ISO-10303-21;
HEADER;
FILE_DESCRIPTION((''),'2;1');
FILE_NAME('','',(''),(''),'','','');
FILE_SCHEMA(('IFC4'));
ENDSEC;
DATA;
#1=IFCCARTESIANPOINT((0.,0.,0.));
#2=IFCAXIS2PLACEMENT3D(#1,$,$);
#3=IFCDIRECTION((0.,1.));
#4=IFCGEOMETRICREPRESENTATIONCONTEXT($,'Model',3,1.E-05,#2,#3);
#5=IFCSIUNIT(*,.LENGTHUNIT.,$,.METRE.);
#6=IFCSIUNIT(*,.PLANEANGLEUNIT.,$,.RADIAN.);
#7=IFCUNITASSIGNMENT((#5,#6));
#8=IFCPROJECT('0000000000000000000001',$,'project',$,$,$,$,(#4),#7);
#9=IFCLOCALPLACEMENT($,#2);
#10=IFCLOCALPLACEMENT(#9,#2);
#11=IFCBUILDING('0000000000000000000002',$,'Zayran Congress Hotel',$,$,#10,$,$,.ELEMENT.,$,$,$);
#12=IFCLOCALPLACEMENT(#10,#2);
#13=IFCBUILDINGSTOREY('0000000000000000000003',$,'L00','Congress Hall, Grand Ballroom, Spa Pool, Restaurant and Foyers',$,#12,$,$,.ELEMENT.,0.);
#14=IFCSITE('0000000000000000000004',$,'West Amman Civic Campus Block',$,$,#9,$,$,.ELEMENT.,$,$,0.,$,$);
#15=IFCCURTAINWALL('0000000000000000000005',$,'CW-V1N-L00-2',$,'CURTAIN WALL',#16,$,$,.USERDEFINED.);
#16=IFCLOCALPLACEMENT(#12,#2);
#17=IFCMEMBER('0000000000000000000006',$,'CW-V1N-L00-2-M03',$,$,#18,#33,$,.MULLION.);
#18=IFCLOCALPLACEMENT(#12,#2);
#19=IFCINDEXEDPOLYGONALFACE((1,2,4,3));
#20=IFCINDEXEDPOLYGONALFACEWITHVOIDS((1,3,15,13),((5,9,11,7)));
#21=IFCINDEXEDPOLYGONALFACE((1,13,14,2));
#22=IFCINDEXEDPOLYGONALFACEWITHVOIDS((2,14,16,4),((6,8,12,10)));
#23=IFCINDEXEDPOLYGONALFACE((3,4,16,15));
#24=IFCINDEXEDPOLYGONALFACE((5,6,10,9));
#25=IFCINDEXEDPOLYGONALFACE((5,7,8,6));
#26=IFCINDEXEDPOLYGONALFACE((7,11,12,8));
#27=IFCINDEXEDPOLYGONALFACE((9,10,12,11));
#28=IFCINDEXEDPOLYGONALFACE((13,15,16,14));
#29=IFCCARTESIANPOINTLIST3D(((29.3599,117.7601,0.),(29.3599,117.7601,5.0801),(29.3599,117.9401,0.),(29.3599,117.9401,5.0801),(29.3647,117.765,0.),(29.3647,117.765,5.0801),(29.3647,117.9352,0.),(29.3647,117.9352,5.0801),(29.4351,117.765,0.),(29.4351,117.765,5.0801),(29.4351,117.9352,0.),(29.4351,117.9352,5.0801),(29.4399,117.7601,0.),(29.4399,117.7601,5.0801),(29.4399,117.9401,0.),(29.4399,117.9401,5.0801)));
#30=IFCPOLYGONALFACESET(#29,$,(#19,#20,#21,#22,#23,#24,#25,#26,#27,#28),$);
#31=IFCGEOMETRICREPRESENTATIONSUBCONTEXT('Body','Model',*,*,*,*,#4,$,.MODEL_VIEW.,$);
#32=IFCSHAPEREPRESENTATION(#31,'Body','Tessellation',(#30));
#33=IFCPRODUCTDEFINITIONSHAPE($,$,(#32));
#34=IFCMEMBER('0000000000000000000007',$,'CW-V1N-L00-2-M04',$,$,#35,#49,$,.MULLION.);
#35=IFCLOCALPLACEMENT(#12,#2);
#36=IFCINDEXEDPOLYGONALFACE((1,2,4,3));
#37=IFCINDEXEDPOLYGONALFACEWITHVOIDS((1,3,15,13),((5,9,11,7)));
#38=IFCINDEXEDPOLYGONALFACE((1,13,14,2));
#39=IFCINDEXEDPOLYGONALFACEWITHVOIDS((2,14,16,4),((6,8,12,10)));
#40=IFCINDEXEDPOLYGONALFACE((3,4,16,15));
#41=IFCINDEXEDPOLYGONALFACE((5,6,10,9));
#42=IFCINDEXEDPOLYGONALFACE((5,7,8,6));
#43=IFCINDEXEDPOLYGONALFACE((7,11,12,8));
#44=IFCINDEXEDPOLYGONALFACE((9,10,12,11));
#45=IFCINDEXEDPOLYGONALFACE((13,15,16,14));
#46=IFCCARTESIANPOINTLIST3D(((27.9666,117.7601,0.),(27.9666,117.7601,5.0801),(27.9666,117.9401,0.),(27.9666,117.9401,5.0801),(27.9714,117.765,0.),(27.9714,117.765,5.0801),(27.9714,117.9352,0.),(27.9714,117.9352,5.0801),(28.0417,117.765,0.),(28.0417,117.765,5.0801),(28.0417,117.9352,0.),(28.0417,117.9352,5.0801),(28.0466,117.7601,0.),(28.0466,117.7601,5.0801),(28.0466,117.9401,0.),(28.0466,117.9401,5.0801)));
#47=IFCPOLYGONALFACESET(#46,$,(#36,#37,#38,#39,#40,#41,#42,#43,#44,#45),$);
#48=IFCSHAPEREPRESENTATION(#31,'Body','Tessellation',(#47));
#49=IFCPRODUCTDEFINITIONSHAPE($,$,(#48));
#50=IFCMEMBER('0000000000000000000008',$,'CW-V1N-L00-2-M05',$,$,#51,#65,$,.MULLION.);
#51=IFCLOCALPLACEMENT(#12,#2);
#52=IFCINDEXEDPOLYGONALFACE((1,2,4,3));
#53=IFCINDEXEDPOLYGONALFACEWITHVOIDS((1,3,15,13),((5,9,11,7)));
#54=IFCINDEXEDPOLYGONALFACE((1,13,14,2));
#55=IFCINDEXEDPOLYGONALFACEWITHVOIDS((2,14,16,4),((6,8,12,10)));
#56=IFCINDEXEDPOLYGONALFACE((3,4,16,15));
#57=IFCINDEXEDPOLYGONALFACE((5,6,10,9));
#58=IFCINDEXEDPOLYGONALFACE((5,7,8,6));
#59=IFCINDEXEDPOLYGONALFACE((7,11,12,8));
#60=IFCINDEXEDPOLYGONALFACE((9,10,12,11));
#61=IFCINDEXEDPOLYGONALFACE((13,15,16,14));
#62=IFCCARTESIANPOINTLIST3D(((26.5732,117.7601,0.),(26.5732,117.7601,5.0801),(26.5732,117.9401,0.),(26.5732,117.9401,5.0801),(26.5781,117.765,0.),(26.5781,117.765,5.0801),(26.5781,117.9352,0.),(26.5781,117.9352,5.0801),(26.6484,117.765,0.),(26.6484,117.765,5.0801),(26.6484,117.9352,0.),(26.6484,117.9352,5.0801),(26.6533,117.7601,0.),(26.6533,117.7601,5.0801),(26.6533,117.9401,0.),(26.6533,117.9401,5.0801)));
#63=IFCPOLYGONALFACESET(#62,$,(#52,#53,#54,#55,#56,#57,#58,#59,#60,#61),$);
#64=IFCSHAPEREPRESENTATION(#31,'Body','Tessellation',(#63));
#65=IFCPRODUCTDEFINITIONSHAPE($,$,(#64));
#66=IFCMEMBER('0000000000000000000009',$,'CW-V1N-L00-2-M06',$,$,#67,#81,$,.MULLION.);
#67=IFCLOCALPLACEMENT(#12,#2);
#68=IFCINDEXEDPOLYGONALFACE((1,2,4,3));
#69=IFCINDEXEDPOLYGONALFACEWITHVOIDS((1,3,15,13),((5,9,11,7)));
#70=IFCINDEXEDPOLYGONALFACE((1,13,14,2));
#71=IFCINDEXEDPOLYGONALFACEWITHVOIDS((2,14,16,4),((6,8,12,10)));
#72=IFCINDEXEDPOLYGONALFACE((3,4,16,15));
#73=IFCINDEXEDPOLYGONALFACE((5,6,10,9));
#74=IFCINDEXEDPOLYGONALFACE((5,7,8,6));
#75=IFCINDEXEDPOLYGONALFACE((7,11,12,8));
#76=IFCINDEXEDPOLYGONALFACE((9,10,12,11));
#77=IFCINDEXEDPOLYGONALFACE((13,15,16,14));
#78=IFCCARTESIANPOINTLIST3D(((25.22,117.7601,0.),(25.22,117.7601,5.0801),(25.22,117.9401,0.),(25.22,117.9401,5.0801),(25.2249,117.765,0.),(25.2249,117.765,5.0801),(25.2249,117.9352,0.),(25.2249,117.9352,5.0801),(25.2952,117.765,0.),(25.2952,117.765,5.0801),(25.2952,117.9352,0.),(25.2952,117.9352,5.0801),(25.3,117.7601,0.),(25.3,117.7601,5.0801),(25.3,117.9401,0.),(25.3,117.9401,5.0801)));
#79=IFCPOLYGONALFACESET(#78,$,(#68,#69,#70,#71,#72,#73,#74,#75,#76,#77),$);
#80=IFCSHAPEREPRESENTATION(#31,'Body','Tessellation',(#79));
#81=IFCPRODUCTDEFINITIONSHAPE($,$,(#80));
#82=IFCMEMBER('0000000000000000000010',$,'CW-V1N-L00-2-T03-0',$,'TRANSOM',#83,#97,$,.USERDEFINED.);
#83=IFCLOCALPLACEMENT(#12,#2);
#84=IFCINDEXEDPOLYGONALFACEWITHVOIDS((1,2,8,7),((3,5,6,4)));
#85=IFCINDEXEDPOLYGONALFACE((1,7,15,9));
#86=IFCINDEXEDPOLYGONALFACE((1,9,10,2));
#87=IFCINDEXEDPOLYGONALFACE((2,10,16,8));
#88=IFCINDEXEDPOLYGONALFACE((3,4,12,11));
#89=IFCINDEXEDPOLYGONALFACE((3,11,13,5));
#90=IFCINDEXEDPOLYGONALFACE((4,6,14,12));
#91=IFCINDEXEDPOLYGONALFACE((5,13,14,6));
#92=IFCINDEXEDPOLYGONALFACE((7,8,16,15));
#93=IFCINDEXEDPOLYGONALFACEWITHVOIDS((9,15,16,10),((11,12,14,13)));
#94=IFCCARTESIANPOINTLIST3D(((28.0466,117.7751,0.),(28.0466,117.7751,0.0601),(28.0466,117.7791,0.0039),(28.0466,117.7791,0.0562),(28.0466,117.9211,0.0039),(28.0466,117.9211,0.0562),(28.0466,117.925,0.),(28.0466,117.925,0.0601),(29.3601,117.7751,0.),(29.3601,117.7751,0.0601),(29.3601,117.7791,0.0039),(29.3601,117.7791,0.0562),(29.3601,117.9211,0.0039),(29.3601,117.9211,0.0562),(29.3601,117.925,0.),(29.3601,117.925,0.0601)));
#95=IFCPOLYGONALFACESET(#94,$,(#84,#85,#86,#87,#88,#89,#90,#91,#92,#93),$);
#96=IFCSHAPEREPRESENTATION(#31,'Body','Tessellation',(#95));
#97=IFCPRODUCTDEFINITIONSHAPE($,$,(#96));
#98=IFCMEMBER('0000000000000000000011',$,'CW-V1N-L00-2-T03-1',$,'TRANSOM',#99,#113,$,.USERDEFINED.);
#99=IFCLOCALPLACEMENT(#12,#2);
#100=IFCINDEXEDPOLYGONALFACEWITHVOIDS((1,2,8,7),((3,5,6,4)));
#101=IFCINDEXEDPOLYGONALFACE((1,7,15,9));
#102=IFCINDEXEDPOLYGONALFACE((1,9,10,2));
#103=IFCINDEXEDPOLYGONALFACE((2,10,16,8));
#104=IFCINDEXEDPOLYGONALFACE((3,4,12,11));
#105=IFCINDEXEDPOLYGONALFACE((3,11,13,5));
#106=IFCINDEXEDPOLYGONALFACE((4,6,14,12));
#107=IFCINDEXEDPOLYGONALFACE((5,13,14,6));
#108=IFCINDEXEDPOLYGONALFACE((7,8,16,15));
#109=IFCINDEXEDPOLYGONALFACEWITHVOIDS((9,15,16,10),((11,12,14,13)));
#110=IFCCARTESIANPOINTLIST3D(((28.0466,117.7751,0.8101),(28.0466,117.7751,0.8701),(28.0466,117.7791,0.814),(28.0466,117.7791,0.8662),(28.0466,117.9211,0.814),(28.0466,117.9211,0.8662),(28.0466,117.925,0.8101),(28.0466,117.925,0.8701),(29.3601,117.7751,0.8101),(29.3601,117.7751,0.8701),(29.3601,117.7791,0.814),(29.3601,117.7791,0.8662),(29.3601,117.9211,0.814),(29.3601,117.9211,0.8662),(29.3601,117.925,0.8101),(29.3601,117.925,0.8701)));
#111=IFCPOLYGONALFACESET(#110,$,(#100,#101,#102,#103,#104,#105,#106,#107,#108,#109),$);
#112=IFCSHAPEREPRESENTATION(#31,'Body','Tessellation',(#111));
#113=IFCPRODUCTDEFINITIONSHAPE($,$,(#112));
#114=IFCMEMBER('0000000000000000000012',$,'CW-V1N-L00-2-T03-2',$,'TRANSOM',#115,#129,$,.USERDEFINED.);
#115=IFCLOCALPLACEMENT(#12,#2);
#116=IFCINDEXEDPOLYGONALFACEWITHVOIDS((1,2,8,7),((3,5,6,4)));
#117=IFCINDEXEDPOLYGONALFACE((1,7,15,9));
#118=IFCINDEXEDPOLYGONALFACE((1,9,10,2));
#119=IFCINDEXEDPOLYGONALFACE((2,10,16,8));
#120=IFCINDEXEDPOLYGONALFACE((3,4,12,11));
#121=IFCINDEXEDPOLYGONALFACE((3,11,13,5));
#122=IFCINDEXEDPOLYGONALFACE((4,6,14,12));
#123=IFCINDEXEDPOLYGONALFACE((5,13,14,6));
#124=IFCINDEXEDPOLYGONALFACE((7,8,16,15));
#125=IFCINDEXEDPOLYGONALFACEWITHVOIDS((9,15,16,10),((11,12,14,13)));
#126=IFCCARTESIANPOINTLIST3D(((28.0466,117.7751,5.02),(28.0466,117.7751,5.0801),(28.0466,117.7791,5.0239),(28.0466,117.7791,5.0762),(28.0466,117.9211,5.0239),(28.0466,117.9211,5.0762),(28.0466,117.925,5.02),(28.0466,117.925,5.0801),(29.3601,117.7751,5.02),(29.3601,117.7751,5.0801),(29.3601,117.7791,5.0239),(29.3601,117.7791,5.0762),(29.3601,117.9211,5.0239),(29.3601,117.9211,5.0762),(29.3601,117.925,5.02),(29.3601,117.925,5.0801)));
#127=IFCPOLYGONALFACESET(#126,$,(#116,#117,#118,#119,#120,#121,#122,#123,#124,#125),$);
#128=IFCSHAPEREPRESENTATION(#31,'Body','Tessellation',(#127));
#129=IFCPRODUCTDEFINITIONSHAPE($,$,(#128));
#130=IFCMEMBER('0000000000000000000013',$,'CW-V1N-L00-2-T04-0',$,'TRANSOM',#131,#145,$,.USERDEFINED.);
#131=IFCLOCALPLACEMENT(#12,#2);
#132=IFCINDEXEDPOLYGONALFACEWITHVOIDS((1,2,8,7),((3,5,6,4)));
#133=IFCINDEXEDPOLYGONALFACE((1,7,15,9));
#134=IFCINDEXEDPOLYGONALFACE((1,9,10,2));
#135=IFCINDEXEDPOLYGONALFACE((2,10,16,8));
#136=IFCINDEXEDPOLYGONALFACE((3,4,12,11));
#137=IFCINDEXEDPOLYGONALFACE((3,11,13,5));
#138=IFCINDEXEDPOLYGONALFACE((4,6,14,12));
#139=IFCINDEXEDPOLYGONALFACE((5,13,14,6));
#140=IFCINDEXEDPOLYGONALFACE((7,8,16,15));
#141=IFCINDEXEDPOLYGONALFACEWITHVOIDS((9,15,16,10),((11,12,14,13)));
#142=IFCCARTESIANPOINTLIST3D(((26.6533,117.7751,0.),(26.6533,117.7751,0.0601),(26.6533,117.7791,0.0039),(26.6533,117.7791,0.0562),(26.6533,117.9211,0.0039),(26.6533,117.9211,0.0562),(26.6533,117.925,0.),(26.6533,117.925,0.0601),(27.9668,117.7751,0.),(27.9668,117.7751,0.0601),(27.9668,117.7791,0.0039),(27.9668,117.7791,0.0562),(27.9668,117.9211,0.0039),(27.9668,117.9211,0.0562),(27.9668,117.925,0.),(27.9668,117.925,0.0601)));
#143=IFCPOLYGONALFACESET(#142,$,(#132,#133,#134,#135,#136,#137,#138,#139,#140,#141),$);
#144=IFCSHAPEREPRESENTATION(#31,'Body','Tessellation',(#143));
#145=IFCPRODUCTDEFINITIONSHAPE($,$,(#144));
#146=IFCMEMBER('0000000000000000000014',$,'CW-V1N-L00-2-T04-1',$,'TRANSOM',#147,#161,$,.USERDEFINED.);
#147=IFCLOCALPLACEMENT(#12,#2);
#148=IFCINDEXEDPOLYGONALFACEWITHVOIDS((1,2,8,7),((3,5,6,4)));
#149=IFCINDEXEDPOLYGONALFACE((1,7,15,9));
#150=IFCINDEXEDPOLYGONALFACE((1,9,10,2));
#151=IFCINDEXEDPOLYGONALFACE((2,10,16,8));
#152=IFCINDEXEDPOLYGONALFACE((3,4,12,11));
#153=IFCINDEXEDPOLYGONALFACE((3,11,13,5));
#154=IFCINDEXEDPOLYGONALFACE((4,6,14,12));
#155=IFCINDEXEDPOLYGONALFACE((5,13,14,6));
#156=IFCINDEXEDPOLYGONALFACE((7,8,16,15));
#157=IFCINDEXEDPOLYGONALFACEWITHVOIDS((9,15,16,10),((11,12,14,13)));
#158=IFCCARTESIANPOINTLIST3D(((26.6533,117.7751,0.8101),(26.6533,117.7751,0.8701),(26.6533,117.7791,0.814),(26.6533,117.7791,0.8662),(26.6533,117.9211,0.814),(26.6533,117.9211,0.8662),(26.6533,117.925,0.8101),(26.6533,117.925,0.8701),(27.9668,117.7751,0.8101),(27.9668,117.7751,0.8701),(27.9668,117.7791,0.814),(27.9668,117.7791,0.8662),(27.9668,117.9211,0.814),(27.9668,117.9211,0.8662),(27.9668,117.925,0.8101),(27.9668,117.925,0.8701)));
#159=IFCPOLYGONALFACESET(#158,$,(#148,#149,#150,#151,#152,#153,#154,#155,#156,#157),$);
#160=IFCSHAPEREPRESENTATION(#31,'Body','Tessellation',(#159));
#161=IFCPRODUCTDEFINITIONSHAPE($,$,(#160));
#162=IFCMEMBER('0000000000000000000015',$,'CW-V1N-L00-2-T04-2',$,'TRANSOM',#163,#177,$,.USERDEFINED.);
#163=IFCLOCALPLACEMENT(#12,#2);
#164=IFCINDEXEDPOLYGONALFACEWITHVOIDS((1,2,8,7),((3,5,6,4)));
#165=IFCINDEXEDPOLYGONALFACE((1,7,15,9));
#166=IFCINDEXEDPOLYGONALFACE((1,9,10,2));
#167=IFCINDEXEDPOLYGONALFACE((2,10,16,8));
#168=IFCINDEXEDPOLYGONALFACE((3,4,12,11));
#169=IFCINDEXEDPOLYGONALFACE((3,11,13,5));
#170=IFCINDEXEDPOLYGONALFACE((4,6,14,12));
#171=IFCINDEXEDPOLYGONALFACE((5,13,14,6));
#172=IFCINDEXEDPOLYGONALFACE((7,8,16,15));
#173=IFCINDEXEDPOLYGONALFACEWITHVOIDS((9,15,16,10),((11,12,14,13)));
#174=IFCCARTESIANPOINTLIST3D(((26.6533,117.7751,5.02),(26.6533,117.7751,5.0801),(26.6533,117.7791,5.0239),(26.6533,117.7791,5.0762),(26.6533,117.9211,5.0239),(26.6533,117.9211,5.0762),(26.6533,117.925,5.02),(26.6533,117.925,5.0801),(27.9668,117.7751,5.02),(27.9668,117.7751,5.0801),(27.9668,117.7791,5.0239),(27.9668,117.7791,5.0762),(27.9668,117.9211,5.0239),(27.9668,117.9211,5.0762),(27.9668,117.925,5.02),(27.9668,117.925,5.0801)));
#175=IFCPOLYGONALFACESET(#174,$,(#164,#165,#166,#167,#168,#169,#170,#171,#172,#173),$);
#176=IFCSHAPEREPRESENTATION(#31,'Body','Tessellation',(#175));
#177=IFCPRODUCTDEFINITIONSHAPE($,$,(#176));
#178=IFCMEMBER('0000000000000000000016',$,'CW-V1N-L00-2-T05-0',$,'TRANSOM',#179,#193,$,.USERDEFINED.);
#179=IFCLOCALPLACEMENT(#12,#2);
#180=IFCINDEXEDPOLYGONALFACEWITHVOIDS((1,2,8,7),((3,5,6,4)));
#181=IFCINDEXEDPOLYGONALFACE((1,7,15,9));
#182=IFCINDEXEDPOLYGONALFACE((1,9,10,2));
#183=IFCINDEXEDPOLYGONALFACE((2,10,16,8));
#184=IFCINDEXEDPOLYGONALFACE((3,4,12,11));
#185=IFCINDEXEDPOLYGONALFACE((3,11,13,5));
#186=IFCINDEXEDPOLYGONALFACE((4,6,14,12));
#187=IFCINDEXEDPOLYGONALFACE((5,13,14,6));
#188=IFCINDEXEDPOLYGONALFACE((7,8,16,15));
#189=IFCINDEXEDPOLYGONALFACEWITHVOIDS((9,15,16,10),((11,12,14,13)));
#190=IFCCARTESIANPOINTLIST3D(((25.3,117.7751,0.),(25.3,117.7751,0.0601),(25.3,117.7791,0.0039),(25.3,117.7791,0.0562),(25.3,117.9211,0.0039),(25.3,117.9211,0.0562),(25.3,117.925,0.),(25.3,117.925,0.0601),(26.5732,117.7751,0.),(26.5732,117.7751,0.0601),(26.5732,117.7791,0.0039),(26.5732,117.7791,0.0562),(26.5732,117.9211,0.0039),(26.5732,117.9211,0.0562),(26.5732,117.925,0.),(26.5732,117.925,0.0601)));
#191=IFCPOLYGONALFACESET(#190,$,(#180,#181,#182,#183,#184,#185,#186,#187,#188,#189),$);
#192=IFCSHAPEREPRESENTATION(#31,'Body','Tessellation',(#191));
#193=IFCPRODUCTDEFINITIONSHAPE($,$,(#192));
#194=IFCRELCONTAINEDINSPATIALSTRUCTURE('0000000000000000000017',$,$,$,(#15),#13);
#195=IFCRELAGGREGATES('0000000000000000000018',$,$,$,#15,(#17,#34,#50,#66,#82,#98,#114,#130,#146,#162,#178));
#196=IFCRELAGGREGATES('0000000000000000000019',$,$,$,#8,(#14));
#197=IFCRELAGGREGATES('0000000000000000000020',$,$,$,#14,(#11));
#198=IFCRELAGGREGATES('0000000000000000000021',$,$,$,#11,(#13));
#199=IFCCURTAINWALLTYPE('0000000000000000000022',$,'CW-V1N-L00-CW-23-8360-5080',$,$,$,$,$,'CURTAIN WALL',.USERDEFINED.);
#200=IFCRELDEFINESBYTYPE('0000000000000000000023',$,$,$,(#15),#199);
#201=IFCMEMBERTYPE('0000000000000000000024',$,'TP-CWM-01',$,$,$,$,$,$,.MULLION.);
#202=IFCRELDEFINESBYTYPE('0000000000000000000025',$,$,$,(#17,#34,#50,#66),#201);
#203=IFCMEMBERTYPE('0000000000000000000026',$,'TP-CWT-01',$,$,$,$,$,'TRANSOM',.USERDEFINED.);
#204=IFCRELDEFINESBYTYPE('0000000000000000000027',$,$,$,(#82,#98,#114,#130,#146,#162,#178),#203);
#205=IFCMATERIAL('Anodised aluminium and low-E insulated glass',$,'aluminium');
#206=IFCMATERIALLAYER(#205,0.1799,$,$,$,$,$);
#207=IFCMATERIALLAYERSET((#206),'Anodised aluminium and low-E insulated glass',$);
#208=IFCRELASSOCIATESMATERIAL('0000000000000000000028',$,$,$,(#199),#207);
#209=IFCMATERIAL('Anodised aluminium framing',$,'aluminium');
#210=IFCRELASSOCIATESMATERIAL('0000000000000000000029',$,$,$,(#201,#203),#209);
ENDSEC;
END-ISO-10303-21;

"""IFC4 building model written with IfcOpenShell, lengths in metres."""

from ifc_helpers import new_model, si_unit, direction, frame, origin, origin_2d, place, context, subcontext, project, spatial, hollow_rectangle, extrude, material, layer, layer_set, material_profile, profile_set, type_object, element, aggregate, save


model = new_model("IFC4")

# Units and contexts
model_context = context("Model", 3, precision=1e-05, world=origin(), true_north=direction((0.0, 1.0)))
body_context = subcontext(model_context, "Body", "Model", "MODEL_VIEW")
ifc_project = project(units=[si_unit("LENGTHUNIT", "METRE"), si_unit("PLANEANGLEUNIT", "RADIAN")], contexts=[model_context])

# Site, building, storey
site_placement = place(None, origin())
site = spatial("IfcSite", under=ifc_project, at=site_placement, Name="West Amman Civic Campus Block", CompositionType="ELEMENT", RefElevation=0.0)
building_placement = place(site_placement, origin())
building = spatial("IfcBuilding", under=site, at=building_placement, Name="Zayran Congress Hotel", CompositionType="ELEMENT")
storey_placement = place(building_placement, origin())
storey = spatial("IfcBuildingStorey", under=building, at=storey_placement, Name="L00", Description="Congress Hall, Grand Ballroom, Spa Pool, Restaurant and Foyers", CompositionType="ELEMENT", Elevation=0.0)

# Curtain wall, members
ifc_material_1 = material(Name="Anodised aluminium and low-E insulated glass", Category="aluminium")
ifc_layer_1 = layer(ifc_material_1, 0.1799)
ifc_layer_set_1 = layer_set([ifc_layer_1], Name="Anodised aluminium and low-E insulated glass")
curtain_wall_type = type_object("IfcCurtainWallType", Name="CW-V1N-L00-CW-23-8360-5080", ElementType="CURTAIN WALL", PredefinedType="USERDEFINED", material=ifc_layer_set_1)
curtain_wall_placement = place(storey_placement, origin())
curtain_wall = element("IfcCurtainWall", 1, at=curtain_wall_placement, inside=storey, type_object=curtain_wall_type, Name="CW-V1N-L00-2", ObjectType="CURTAIN WALL", PredefinedType="USERDEFINED")
ifc_material_2 = material(Name="Anodised aluminium framing", Category="aluminium")
ifc_material_profile_1 = material_profile(ifc_material_2, hollow_rectangle(XDim=0.0801, YDim=0.1799, WallThickness=0.0049, at=origin_2d()), Name="RHS 180x80x5")
ifc_profile_set_1 = profile_set([ifc_material_profile_1], Name="Anodised aluminium framing")
member_type_1 = type_object("IfcMemberType", Name="TP-CWM-01", PredefinedType="MULLION", material=ifc_profile_set_1)
member_1_placement = place(storey_placement, frame((29.3999, 117.8501, 0.0), z_axis=(0.0, 0.0, 1.0), x_axis=(1.0, 0.0, 0.0)))
member_1 = element("IfcMember", 2, at=member_1_placement, type_object=member_type_1, Name="CW-V1N-L00-2-M03", PredefinedType="MULLION", context=body_context, shape_type="SweptSolid", body=[
    extrude(hollow_rectangle(XDim=0.0801, YDim=0.1799, WallThickness=0.0049, at=origin_2d()), origin(), (0.0, 0.0, 1.0), 5.0801),
])
member_2_placement = place(storey_placement, frame((28.0066, 117.8501, 0.0), z_axis=(0.0, 0.0, 1.0), x_axis=(1.0, 0.0, 0.0)))
member_2 = element("IfcMember", 3, at=member_2_placement, type_object=member_type_1, Name="CW-V1N-L00-2-M04", PredefinedType="MULLION", context=body_context, shape_type="SweptSolid", body=[
    extrude(hollow_rectangle(XDim=0.0801, YDim=0.1799, WallThickness=0.0049, at=origin_2d()), origin(), (0.0, 0.0, 1.0), 5.0801),
])
member_3_placement = place(storey_placement, frame((26.6133, 117.8501, 0.0), z_axis=(0.0, 0.0, 1.0), x_axis=(1.0, 0.0, 0.0)))
member_3 = element("IfcMember", 4, at=member_3_placement, type_object=member_type_1, Name="CW-V1N-L00-2-M05", PredefinedType="MULLION", context=body_context, shape_type="SweptSolid", body=[
    extrude(hollow_rectangle(XDim=0.0801, YDim=0.1799, WallThickness=0.0049, at=origin_2d()), origin(), (0.0, 0.0, 1.0), 5.0801),
])
member_4_placement = place(storey_placement, frame((25.26, 117.8501, 0.0), z_axis=(0.0, 0.0, 1.0), x_axis=(1.0, 0.0, 0.0)))
member_4 = element("IfcMember", 5, at=member_4_placement, type_object=member_type_1, Name="CW-V1N-L00-2-M06", PredefinedType="MULLION", context=body_context, shape_type="SweptSolid", body=[
    extrude(hollow_rectangle(XDim=0.0801, YDim=0.1799, WallThickness=0.0049, at=origin_2d()), origin(), (0.0, 0.0, 1.0), 5.0801),
])
ifc_material_profile_2 = material_profile(ifc_material_2, hollow_rectangle(XDim=0.0601, YDim=0.1499, WallThickness=0.0039, at=origin_2d()), Name="RHS 150x60x4")
ifc_profile_set_2 = profile_set([ifc_material_profile_2], Name="Anodised aluminium framing")
member_type_2 = type_object("IfcMemberType", Name="TP-CWT-01", ElementType="TRANSOM", PredefinedType="USERDEFINED", material=ifc_profile_set_2)
member_5_placement = place(storey_placement, frame((29.3601, 117.8501, 0.03), z_axis=(-1.0, 0.0, 0.0), x_axis=(0.0, 0.0, 1.0)))
member_5 = element("IfcMember", 6, at=member_5_placement, type_object=member_type_2, Name="CW-V1N-L00-2-T03-0", ObjectType="TRANSOM", PredefinedType="USERDEFINED", context=body_context, shape_type="SweptSolid", body=[
    extrude(hollow_rectangle(XDim=0.0601, YDim=0.1499, WallThickness=0.0039, at=origin_2d()), origin(), (0.0, 0.0, 1.0), 1.3135),
])
member_6_placement = place(storey_placement, frame((29.3601, 117.8501, 0.8401), z_axis=(-1.0, 0.0, 0.0), x_axis=(0.0, 0.0, 1.0)))
member_6 = element("IfcMember", 7, at=member_6_placement, type_object=member_type_2, Name="CW-V1N-L00-2-T03-1", ObjectType="TRANSOM", PredefinedType="USERDEFINED", context=body_context, shape_type="SweptSolid", body=[
    extrude(hollow_rectangle(XDim=0.0601, YDim=0.1499, WallThickness=0.0039, at=origin_2d()), origin(), (0.0, 0.0, 1.0), 1.3135),
])
member_7_placement = place(storey_placement, frame((29.3601, 117.8501, 5.05), z_axis=(-1.0, 0.0, 0.0), x_axis=(0.0, 0.0, 1.0)))
member_7 = element("IfcMember", 8, at=member_7_placement, type_object=member_type_2, Name="CW-V1N-L00-2-T03-2", ObjectType="TRANSOM", PredefinedType="USERDEFINED", context=body_context, shape_type="SweptSolid", body=[
    extrude(hollow_rectangle(XDim=0.0601, YDim=0.1499, WallThickness=0.0039, at=origin_2d()), origin(), (0.0, 0.0, 1.0), 1.3135),
])
member_8_placement = place(storey_placement, frame((27.9668, 117.8501, 0.03), z_axis=(-1.0, 0.0, 0.0), x_axis=(0.0, 0.0, 1.0)))
member_8 = element("IfcMember", 9, at=member_8_placement, type_object=member_type_2, Name="CW-V1N-L00-2-T04-0", ObjectType="TRANSOM", PredefinedType="USERDEFINED", context=body_context, shape_type="SweptSolid", body=[
    extrude(hollow_rectangle(XDim=0.0601, YDim=0.1499, WallThickness=0.0039, at=origin_2d()), origin(), (0.0, 0.0, 1.0), 1.3135),
])
member_9_placement = place(storey_placement, frame((27.9668, 117.8501, 0.8401), z_axis=(-1.0, 0.0, 0.0), x_axis=(0.0, 0.0, 1.0)))
member_9 = element("IfcMember", 10, at=member_9_placement, type_object=member_type_2, Name="CW-V1N-L00-2-T04-1", ObjectType="TRANSOM", PredefinedType="USERDEFINED", context=body_context, shape_type="SweptSolid", body=[
    extrude(hollow_rectangle(XDim=0.0601, YDim=0.1499, WallThickness=0.0039, at=origin_2d()), origin(), (0.0, 0.0, 1.0), 1.3135),
])
member_10_placement = place(storey_placement, frame((27.9668, 117.8501, 5.05), z_axis=(-1.0, 0.0, 0.0), x_axis=(0.0, 0.0, 1.0)))
member_10 = element("IfcMember", 11, at=member_10_placement, type_object=member_type_2, Name="CW-V1N-L00-2-T04-2", ObjectType="TRANSOM", PredefinedType="USERDEFINED", context=body_context, shape_type="SweptSolid", body=[
    extrude(hollow_rectangle(XDim=0.0601, YDim=0.1499, WallThickness=0.0039, at=origin_2d()), origin(), (0.0, 0.0, 1.0), 1.3135),
])
member_11_placement = place(storey_placement, frame((26.5732, 117.8501, 0.03), z_axis=(-1.0, 0.0, 0.0), x_axis=(0.0, 0.0, 1.0)))
member_11 = element("IfcMember", 12, at=member_11_placement, type_object=member_type_2, Name="CW-V1N-L00-2-T05-0", ObjectType="TRANSOM", PredefinedType="USERDEFINED", context=body_context, shape_type="SweptSolid", body=[
    extrude(hollow_rectangle(XDim=0.0601, YDim=0.1499, WallThickness=0.0039, at=origin_2d()), origin(), (0.0, 0.0, 1.0), 1.2732),
])
aggregate(curtain_wall, [member_1, member_2, member_3, member_4, member_5, member_6, member_7, member_8, member_9, member_10, member_11])

save(model, "model.ifc")
